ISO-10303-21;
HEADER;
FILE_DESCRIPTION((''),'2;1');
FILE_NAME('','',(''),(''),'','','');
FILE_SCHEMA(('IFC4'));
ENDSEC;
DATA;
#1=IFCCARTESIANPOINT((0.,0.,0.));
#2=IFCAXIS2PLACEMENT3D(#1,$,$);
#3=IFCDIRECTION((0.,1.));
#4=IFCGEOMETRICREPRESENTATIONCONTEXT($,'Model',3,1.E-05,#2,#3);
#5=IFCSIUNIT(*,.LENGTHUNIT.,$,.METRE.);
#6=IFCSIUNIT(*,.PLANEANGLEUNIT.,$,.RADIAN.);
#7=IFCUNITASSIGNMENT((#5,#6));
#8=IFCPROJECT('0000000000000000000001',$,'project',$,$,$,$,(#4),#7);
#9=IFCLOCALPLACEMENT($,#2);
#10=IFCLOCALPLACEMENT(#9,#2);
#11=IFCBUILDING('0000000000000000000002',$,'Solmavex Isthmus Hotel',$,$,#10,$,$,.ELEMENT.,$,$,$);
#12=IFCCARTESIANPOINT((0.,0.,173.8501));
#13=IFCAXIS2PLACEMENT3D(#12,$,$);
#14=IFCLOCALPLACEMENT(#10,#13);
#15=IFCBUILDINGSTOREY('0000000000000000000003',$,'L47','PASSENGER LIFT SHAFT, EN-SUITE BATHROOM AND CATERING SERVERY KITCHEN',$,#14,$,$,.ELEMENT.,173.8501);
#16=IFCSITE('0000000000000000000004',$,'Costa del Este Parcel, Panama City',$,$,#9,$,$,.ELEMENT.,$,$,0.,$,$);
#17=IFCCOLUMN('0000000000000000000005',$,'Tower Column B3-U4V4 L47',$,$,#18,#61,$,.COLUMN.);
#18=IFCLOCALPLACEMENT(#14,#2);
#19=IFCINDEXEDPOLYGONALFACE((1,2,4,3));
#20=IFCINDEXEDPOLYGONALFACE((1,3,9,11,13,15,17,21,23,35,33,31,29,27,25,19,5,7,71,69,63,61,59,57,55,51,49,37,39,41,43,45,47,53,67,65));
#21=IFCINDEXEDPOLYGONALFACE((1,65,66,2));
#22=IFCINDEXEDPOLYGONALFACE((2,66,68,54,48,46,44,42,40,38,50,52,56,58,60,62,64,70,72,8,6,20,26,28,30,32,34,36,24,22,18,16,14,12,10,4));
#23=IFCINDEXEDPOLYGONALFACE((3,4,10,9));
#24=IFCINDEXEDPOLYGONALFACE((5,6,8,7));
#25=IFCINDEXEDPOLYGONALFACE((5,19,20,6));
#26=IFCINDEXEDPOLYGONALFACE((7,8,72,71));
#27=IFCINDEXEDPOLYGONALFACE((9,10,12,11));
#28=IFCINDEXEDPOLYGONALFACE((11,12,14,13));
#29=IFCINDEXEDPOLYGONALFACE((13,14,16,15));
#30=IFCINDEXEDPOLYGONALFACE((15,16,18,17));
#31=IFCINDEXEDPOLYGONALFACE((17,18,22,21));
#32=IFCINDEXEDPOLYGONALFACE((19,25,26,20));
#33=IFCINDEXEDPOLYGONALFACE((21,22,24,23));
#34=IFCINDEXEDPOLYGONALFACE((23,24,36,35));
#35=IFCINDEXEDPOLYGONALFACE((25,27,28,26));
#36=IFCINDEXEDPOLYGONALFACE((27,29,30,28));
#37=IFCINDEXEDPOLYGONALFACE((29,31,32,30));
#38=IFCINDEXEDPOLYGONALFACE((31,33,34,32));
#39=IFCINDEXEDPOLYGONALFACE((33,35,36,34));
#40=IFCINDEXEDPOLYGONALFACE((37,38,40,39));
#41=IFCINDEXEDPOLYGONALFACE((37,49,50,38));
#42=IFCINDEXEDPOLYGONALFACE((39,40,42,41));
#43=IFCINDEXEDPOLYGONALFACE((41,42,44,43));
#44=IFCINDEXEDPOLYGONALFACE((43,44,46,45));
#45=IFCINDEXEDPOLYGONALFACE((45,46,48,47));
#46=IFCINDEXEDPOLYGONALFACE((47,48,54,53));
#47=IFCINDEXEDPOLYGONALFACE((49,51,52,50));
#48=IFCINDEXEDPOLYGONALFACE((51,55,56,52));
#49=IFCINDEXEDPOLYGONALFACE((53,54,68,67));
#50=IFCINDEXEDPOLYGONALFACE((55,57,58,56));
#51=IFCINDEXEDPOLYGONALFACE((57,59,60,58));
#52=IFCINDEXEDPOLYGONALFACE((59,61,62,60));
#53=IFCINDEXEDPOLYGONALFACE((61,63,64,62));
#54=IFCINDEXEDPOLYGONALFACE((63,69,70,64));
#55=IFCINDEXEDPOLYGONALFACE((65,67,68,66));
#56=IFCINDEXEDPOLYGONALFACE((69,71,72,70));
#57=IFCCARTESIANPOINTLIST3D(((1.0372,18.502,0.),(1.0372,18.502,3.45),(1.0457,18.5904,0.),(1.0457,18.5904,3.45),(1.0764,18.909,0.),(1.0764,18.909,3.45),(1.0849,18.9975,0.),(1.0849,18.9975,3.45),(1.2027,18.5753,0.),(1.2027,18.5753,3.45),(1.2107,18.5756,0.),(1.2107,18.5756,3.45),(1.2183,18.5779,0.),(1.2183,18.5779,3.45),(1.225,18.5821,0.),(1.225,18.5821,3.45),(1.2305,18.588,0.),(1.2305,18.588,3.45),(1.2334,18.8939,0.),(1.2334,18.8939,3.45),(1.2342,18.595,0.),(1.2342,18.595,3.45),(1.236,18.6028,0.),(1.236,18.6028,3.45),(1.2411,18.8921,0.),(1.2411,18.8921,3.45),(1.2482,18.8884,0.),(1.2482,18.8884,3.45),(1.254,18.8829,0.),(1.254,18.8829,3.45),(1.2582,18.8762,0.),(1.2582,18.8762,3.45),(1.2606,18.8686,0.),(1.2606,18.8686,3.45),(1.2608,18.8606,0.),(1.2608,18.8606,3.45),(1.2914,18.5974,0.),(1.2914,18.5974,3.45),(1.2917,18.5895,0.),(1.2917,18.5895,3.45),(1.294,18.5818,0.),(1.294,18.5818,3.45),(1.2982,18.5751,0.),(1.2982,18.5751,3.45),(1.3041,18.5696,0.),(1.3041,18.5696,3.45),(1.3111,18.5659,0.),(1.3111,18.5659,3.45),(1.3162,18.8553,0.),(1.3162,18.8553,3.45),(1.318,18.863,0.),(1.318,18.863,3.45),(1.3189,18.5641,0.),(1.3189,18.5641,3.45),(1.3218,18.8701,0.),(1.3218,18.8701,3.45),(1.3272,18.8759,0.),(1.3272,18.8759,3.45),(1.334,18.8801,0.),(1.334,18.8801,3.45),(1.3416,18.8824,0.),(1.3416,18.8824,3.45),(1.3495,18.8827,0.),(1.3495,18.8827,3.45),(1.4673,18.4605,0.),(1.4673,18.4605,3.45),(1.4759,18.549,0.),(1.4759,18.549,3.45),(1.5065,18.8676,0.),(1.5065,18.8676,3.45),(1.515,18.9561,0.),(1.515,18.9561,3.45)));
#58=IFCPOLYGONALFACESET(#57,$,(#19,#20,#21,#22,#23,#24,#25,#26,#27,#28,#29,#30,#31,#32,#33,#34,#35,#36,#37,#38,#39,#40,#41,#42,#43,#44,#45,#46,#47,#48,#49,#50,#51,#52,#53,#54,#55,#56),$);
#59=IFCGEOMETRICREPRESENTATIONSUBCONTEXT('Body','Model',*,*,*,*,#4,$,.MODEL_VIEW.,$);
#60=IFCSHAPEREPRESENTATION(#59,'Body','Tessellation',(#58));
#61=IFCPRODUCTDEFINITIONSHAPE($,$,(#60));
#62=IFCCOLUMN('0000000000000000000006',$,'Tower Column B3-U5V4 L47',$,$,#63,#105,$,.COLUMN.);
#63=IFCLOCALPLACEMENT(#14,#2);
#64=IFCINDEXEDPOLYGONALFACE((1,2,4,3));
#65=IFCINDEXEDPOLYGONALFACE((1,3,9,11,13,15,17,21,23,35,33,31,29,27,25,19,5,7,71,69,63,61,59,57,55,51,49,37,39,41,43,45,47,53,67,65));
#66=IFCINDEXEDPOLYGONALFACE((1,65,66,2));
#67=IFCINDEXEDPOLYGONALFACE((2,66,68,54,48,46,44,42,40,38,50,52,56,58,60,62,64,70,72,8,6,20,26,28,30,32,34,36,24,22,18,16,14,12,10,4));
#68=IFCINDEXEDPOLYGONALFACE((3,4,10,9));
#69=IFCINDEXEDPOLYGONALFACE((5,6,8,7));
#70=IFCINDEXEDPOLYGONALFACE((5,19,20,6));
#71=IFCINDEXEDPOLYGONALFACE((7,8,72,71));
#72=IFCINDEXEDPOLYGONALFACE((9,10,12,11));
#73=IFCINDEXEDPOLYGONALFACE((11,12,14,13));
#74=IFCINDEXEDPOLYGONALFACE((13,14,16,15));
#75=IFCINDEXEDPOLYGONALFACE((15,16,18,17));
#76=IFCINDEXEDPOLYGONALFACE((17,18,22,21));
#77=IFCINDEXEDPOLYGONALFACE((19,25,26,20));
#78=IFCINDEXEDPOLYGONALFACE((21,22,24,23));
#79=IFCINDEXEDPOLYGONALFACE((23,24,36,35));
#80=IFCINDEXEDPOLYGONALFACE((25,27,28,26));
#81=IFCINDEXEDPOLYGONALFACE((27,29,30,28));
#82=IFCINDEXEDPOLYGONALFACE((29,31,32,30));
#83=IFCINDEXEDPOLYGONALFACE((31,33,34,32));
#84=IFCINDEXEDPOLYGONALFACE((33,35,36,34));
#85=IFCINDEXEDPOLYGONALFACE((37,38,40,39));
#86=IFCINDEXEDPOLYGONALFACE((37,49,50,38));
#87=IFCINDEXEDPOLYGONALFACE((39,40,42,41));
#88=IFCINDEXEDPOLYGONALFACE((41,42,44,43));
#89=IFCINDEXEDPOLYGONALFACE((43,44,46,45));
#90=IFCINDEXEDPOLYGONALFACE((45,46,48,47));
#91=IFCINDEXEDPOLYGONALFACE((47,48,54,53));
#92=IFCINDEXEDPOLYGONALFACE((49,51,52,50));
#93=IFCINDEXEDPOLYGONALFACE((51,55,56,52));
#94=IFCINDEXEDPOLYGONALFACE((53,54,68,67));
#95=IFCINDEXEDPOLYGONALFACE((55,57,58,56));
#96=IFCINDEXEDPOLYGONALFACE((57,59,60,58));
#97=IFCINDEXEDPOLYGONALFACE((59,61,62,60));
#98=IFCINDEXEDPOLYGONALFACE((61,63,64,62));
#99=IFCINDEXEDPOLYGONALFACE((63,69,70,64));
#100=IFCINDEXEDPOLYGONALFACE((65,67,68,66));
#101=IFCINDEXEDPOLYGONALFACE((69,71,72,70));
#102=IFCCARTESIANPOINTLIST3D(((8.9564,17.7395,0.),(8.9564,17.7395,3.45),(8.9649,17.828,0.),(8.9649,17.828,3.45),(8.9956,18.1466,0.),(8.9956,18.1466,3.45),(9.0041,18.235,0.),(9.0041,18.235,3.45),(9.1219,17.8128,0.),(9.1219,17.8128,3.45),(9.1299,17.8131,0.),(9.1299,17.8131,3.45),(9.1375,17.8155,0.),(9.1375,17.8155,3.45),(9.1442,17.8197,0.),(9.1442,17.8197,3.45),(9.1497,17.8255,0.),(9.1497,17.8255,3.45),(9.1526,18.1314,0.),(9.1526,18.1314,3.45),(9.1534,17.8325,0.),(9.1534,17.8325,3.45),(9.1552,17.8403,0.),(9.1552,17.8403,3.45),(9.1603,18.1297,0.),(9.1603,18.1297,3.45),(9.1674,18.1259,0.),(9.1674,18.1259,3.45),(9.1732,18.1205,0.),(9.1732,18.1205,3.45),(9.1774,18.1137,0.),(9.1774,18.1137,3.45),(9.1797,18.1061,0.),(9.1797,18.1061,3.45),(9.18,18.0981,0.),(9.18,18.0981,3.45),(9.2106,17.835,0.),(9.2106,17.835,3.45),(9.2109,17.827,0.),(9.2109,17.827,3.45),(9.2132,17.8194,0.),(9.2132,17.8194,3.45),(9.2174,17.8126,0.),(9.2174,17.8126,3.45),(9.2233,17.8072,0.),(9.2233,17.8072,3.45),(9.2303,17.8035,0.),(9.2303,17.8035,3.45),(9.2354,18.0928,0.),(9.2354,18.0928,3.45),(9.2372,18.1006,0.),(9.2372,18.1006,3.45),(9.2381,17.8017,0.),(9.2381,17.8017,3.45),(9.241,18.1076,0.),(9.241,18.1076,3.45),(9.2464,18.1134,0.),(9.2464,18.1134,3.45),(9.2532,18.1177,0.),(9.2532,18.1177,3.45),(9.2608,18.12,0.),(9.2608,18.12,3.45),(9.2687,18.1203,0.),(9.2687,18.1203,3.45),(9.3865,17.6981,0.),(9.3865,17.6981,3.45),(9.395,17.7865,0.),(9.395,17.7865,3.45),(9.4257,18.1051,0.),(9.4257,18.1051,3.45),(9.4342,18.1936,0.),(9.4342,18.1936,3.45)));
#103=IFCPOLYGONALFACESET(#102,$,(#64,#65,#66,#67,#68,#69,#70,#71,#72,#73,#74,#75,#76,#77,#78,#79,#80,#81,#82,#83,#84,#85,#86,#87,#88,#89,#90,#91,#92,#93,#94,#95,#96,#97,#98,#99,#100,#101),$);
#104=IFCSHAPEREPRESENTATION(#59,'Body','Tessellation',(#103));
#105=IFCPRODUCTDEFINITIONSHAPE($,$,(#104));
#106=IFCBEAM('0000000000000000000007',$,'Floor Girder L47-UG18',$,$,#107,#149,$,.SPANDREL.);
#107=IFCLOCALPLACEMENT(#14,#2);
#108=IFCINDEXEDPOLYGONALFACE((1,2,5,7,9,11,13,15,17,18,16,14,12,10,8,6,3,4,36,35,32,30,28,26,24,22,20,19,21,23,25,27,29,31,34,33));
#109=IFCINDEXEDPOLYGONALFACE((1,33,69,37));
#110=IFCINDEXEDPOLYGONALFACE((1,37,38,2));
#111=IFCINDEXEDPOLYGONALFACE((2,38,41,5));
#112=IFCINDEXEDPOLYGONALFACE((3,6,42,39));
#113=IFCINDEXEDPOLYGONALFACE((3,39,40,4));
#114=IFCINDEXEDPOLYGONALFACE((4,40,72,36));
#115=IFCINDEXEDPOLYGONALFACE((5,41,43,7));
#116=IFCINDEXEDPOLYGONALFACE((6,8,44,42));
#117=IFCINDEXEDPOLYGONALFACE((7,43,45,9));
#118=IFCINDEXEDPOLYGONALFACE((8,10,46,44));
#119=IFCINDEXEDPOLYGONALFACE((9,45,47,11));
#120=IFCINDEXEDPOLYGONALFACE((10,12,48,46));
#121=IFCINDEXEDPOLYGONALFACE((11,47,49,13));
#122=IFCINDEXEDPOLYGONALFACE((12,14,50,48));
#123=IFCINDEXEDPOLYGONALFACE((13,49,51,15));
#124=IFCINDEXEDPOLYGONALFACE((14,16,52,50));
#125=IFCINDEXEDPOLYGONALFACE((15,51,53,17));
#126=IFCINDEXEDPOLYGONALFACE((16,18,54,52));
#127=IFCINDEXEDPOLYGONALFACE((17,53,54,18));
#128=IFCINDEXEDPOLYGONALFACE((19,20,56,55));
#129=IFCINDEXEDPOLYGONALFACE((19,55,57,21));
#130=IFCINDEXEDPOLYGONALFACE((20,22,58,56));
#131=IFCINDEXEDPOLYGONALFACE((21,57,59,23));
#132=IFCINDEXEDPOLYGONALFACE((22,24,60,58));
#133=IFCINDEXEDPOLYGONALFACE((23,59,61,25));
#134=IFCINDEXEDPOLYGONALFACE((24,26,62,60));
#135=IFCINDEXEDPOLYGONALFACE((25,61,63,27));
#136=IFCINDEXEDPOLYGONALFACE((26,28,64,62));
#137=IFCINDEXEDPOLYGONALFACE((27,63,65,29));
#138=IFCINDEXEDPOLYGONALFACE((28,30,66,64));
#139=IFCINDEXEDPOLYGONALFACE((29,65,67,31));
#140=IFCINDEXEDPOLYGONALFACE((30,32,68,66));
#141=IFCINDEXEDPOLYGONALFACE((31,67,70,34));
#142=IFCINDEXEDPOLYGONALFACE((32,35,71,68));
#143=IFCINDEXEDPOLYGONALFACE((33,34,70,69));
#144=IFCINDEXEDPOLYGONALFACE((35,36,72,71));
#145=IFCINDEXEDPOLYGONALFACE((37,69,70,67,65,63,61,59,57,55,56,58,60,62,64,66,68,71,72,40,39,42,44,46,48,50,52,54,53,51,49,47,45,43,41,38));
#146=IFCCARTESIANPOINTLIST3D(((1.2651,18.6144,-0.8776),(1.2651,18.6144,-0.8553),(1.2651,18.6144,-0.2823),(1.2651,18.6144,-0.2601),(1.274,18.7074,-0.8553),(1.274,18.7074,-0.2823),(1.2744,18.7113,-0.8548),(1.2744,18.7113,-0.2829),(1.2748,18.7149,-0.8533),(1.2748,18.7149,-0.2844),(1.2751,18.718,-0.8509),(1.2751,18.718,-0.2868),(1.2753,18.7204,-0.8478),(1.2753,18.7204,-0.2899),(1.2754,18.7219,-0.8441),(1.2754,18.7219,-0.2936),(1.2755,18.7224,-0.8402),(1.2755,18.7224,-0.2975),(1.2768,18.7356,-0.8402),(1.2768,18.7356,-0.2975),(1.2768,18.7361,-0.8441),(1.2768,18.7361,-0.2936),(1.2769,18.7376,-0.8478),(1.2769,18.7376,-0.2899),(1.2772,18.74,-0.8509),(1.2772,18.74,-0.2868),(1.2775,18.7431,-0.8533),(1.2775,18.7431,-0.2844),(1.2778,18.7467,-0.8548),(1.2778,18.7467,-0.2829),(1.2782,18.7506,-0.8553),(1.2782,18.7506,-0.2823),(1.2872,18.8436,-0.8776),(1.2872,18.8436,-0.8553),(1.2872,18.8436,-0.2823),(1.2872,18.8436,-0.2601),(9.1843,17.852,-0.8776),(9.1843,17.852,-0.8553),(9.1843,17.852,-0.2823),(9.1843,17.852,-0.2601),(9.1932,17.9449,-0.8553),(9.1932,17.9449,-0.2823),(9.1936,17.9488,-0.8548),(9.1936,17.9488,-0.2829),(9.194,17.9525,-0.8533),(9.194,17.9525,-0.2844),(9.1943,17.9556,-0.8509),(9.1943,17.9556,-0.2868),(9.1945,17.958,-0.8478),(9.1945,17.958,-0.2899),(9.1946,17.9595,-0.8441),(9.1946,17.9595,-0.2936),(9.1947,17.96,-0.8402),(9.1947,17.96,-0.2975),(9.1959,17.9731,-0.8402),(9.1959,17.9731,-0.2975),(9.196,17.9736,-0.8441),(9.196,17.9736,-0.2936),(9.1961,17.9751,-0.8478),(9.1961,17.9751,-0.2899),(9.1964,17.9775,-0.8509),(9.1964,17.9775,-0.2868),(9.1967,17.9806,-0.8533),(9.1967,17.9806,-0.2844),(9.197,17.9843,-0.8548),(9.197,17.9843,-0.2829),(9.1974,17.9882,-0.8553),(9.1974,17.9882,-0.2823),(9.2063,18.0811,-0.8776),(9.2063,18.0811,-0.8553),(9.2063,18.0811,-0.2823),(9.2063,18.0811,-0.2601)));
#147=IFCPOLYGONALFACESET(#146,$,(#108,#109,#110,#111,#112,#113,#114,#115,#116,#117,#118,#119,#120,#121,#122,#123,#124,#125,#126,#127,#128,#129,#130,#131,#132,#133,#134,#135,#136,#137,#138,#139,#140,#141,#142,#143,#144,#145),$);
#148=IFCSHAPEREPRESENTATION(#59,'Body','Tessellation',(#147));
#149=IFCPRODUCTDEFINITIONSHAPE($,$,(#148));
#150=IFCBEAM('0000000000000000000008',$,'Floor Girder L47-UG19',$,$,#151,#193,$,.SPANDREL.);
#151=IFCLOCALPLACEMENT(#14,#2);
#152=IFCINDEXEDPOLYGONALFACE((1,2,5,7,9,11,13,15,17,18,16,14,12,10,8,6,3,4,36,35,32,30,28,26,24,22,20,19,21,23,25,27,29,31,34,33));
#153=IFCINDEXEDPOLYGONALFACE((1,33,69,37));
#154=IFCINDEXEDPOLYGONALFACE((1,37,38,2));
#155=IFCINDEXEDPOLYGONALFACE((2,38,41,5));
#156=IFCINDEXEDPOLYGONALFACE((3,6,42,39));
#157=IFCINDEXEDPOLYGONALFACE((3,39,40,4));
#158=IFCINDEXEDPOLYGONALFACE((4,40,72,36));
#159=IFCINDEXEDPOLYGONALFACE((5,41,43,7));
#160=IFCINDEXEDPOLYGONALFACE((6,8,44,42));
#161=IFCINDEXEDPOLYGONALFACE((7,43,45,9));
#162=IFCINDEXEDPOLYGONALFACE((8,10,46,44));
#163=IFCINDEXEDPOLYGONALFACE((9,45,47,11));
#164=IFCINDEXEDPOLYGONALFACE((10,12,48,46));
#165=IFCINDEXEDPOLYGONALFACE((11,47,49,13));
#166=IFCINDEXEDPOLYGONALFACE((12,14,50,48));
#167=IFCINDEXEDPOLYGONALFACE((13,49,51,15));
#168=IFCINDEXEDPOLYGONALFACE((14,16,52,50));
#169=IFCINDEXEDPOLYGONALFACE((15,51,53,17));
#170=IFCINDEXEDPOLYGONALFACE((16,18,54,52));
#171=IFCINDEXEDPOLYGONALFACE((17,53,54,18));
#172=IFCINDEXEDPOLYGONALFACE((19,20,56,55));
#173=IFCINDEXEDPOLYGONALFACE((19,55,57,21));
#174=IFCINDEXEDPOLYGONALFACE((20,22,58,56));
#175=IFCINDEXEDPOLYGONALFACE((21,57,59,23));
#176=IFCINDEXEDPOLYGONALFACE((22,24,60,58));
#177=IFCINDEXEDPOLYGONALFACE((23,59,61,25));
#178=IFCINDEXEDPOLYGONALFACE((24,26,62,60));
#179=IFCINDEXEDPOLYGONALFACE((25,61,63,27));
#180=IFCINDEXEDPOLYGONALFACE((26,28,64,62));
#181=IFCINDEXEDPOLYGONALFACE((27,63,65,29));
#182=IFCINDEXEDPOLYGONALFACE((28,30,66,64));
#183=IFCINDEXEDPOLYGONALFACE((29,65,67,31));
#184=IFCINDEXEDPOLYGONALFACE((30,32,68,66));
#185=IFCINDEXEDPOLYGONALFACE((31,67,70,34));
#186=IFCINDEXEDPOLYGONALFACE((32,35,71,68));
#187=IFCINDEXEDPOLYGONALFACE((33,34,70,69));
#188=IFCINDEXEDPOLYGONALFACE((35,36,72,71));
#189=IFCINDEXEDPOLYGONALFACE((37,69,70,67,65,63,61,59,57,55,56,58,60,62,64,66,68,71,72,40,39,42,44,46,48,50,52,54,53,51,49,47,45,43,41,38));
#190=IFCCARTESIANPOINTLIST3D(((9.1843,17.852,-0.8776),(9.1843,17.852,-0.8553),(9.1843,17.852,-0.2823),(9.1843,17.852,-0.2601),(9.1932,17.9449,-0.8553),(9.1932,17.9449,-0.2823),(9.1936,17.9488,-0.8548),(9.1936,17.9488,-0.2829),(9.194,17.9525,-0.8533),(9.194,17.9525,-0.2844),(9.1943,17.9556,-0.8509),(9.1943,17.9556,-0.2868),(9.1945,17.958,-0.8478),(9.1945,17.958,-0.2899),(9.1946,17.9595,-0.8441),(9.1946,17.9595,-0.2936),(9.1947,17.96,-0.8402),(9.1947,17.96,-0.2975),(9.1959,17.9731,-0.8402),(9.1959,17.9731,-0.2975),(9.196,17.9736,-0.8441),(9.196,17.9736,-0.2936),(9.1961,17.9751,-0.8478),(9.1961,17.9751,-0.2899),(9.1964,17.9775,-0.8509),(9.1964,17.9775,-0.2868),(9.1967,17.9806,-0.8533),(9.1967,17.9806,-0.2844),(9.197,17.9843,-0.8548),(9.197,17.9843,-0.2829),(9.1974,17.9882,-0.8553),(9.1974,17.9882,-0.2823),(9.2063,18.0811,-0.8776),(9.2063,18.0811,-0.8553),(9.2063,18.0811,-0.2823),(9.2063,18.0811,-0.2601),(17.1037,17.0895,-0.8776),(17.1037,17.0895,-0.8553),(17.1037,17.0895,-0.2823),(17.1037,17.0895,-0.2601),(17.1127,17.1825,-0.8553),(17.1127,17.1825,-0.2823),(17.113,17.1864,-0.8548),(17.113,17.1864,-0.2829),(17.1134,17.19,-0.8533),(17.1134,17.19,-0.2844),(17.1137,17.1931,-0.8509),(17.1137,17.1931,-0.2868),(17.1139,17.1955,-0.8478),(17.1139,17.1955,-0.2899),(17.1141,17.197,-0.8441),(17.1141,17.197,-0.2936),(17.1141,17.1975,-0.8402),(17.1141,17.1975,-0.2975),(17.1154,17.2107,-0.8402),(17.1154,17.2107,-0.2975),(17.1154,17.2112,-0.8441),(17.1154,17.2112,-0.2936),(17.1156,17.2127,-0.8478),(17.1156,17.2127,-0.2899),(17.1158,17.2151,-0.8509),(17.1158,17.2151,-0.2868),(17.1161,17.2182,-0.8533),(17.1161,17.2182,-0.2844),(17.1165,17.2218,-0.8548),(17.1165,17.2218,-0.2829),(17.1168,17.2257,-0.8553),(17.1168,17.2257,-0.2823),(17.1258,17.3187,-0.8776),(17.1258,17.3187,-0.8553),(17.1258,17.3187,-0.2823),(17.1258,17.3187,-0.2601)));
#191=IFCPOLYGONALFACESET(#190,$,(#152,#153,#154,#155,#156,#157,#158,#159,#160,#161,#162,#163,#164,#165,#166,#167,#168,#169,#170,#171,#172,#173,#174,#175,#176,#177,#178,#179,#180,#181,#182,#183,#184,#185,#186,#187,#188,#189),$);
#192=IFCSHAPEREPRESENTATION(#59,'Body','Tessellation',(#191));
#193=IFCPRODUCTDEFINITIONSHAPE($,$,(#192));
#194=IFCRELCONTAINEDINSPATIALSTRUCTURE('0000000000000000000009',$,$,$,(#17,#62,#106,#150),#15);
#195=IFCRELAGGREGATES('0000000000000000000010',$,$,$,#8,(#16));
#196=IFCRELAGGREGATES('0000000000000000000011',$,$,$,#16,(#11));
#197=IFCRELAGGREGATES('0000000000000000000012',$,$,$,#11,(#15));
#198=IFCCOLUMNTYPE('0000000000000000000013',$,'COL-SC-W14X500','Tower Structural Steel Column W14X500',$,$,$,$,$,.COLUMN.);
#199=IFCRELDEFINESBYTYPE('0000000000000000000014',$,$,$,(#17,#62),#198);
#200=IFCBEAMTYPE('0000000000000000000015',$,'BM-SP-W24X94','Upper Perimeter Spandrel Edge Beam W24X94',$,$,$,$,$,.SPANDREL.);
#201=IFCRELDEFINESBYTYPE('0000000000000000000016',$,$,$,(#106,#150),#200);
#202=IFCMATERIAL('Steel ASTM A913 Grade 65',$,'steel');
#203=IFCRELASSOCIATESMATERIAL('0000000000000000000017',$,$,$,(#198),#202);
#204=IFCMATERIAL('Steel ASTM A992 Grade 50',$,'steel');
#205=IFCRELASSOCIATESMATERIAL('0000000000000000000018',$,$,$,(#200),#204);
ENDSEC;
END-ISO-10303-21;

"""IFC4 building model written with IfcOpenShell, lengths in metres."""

from ifc_helpers import new_model, si_unit, direction, frame, origin, origin_2d, place, context, subcontext, project, spatial, i_section, extrude, material, material_profile, profile_set, type_object, element, save


model = new_model("IFC4")

# Units and contexts
model_context = context("Model", 3, precision=1e-05, world=origin(), true_north=direction((0.0, 1.0)))
body_context = subcontext(model_context, "Body", "Model", "MODEL_VIEW")
ifc_project = project(units=[si_unit("LENGTHUNIT", "METRE"), si_unit("PLANEANGLEUNIT", "RADIAN")], contexts=[model_context])

# Site, building, storey
site_placement = place(None, origin())
site = spatial("IfcSite", under=ifc_project, at=site_placement, Name="Costa del Este Parcel, Panama City", CompositionType="ELEMENT", RefElevation=0.0)
building_placement = place(site_placement, origin())
building = spatial("IfcBuilding", under=site, at=building_placement, Name="Solmavex Isthmus Hotel", CompositionType="ELEMENT")
storey_placement = place(building_placement, frame((0.0, 0.0, 173.8501)))
storey = spatial("IfcBuildingStorey", under=building, at=storey_placement, Name="L47", Description="PASSENGER LIFT SHAFT, EN-SUITE BATHROOM AND CATERING SERVERY KITCHEN", CompositionType="ELEMENT", Elevation=173.8501)

# Columns
ifc_material_1 = material(Name="Steel ASTM A913 Grade 65", Category="steel")
ifc_material_profile_1 = material_profile(ifc_material_1, i_section(OverallWidth=0.4321, OverallDepth=0.4978, WebThickness=0.0557, FlangeThickness=0.0889, FilletRadius=0.0305, at=origin_2d()), Name="W14X500")
ifc_profile_set_1 = profile_set([ifc_material_profile_1], Name="Steel ASTM A913 Grade 65")
column_type = type_object("IfcColumnType", Name="COL-SC-W14X500", Description="Tower Structural Steel Column W14X500", PredefinedType="COLUMN", material=ifc_profile_set_1)
for number, where, z_axis, x_axis, name in (
    (1, (1.2761, 18.729, 0.0), (0.0, 0.0, 1.0), (0.995396, -0.095846, 0.0), "Tower Column B3-U4V4 L47"),
    (2, (9.1953, 17.9666, 0.0), (0.0, 0.0, 1.0), (0.995396, -0.095846, 0.0), "Tower Column B3-U5V4 L47"),
):
    element("IfcColumn", number, at=place(storey_placement, frame(where, z_axis=z_axis, x_axis=x_axis)), inside=storey, type_object=column_type, Name=name, PredefinedType="COLUMN", context=body_context, shape_type="SweptSolid", body=[
        extrude(i_section(OverallWidth=0.4321, OverallDepth=0.4978, WebThickness=0.0557, FlangeThickness=0.0889, FilletRadius=0.0305, at=origin_2d()), origin(), (0.0, 0.0, 1.0), 3.45),
    ])

# Beams
ifc_material_2 = material(Name="Steel ASTM A992 Grade 50", Category="steel")
ifc_material_profile_2 = material_profile(ifc_material_2, i_section(OverallWidth=0.2302, OverallDepth=0.6174, WebThickness=0.0132, FlangeThickness=0.0222, FilletRadius=0.0151, at=origin_2d()), Name="W24X94")
ifc_profile_set_2 = profile_set([ifc_material_profile_2], Name="Steel ASTM A992 Grade 50")
beam_type = type_object("IfcBeamType", Name="BM-SP-W24X94", Description="Upper Perimeter Spandrel Edge Beam W24X94", PredefinedType="SPANDREL", material=ifc_profile_set_2)
beam_1_placement = place(storey_placement, frame((1.2761, 18.729, -0.5688), z_axis=(0.995397, -0.095836, 0.0), x_axis=(0.095836, 0.995397, 0.0)))
element("IfcBeam", 3, at=beam_1_placement, inside=storey, type_object=beam_type, Name="Floor Girder L47-UG18", PredefinedType="SPANDREL", context=body_context, shape_type="SweptSolid", body=[
    extrude(i_section(OverallWidth=0.2302, OverallDepth=0.6174, WebThickness=0.0132, FlangeThickness=0.0222, FilletRadius=0.0151, at=origin_2d()), origin(), (0.0, 0.0, 1.0), 7.9558),
])
beam_2_placement = place(storey_placement, frame((9.1953, 17.9666, -0.5688), z_axis=(0.995397, -0.095833, 0.0), x_axis=(0.095833, 0.995397, 0.0)))
element("IfcBeam", 4, at=beam_2_placement, inside=storey, type_object=beam_type, Name="Floor Girder L47-UG19", PredefinedType="SPANDREL", context=body_context, shape_type="SweptSolid", body=[
    extrude(i_section(OverallWidth=0.2302, OverallDepth=0.6174, WebThickness=0.0132, FlangeThickness=0.0222, FilletRadius=0.0151, at=origin_2d()), origin(), (0.0, 0.0, 1.0), 7.9561),
])

save(model, "model.ifc")
